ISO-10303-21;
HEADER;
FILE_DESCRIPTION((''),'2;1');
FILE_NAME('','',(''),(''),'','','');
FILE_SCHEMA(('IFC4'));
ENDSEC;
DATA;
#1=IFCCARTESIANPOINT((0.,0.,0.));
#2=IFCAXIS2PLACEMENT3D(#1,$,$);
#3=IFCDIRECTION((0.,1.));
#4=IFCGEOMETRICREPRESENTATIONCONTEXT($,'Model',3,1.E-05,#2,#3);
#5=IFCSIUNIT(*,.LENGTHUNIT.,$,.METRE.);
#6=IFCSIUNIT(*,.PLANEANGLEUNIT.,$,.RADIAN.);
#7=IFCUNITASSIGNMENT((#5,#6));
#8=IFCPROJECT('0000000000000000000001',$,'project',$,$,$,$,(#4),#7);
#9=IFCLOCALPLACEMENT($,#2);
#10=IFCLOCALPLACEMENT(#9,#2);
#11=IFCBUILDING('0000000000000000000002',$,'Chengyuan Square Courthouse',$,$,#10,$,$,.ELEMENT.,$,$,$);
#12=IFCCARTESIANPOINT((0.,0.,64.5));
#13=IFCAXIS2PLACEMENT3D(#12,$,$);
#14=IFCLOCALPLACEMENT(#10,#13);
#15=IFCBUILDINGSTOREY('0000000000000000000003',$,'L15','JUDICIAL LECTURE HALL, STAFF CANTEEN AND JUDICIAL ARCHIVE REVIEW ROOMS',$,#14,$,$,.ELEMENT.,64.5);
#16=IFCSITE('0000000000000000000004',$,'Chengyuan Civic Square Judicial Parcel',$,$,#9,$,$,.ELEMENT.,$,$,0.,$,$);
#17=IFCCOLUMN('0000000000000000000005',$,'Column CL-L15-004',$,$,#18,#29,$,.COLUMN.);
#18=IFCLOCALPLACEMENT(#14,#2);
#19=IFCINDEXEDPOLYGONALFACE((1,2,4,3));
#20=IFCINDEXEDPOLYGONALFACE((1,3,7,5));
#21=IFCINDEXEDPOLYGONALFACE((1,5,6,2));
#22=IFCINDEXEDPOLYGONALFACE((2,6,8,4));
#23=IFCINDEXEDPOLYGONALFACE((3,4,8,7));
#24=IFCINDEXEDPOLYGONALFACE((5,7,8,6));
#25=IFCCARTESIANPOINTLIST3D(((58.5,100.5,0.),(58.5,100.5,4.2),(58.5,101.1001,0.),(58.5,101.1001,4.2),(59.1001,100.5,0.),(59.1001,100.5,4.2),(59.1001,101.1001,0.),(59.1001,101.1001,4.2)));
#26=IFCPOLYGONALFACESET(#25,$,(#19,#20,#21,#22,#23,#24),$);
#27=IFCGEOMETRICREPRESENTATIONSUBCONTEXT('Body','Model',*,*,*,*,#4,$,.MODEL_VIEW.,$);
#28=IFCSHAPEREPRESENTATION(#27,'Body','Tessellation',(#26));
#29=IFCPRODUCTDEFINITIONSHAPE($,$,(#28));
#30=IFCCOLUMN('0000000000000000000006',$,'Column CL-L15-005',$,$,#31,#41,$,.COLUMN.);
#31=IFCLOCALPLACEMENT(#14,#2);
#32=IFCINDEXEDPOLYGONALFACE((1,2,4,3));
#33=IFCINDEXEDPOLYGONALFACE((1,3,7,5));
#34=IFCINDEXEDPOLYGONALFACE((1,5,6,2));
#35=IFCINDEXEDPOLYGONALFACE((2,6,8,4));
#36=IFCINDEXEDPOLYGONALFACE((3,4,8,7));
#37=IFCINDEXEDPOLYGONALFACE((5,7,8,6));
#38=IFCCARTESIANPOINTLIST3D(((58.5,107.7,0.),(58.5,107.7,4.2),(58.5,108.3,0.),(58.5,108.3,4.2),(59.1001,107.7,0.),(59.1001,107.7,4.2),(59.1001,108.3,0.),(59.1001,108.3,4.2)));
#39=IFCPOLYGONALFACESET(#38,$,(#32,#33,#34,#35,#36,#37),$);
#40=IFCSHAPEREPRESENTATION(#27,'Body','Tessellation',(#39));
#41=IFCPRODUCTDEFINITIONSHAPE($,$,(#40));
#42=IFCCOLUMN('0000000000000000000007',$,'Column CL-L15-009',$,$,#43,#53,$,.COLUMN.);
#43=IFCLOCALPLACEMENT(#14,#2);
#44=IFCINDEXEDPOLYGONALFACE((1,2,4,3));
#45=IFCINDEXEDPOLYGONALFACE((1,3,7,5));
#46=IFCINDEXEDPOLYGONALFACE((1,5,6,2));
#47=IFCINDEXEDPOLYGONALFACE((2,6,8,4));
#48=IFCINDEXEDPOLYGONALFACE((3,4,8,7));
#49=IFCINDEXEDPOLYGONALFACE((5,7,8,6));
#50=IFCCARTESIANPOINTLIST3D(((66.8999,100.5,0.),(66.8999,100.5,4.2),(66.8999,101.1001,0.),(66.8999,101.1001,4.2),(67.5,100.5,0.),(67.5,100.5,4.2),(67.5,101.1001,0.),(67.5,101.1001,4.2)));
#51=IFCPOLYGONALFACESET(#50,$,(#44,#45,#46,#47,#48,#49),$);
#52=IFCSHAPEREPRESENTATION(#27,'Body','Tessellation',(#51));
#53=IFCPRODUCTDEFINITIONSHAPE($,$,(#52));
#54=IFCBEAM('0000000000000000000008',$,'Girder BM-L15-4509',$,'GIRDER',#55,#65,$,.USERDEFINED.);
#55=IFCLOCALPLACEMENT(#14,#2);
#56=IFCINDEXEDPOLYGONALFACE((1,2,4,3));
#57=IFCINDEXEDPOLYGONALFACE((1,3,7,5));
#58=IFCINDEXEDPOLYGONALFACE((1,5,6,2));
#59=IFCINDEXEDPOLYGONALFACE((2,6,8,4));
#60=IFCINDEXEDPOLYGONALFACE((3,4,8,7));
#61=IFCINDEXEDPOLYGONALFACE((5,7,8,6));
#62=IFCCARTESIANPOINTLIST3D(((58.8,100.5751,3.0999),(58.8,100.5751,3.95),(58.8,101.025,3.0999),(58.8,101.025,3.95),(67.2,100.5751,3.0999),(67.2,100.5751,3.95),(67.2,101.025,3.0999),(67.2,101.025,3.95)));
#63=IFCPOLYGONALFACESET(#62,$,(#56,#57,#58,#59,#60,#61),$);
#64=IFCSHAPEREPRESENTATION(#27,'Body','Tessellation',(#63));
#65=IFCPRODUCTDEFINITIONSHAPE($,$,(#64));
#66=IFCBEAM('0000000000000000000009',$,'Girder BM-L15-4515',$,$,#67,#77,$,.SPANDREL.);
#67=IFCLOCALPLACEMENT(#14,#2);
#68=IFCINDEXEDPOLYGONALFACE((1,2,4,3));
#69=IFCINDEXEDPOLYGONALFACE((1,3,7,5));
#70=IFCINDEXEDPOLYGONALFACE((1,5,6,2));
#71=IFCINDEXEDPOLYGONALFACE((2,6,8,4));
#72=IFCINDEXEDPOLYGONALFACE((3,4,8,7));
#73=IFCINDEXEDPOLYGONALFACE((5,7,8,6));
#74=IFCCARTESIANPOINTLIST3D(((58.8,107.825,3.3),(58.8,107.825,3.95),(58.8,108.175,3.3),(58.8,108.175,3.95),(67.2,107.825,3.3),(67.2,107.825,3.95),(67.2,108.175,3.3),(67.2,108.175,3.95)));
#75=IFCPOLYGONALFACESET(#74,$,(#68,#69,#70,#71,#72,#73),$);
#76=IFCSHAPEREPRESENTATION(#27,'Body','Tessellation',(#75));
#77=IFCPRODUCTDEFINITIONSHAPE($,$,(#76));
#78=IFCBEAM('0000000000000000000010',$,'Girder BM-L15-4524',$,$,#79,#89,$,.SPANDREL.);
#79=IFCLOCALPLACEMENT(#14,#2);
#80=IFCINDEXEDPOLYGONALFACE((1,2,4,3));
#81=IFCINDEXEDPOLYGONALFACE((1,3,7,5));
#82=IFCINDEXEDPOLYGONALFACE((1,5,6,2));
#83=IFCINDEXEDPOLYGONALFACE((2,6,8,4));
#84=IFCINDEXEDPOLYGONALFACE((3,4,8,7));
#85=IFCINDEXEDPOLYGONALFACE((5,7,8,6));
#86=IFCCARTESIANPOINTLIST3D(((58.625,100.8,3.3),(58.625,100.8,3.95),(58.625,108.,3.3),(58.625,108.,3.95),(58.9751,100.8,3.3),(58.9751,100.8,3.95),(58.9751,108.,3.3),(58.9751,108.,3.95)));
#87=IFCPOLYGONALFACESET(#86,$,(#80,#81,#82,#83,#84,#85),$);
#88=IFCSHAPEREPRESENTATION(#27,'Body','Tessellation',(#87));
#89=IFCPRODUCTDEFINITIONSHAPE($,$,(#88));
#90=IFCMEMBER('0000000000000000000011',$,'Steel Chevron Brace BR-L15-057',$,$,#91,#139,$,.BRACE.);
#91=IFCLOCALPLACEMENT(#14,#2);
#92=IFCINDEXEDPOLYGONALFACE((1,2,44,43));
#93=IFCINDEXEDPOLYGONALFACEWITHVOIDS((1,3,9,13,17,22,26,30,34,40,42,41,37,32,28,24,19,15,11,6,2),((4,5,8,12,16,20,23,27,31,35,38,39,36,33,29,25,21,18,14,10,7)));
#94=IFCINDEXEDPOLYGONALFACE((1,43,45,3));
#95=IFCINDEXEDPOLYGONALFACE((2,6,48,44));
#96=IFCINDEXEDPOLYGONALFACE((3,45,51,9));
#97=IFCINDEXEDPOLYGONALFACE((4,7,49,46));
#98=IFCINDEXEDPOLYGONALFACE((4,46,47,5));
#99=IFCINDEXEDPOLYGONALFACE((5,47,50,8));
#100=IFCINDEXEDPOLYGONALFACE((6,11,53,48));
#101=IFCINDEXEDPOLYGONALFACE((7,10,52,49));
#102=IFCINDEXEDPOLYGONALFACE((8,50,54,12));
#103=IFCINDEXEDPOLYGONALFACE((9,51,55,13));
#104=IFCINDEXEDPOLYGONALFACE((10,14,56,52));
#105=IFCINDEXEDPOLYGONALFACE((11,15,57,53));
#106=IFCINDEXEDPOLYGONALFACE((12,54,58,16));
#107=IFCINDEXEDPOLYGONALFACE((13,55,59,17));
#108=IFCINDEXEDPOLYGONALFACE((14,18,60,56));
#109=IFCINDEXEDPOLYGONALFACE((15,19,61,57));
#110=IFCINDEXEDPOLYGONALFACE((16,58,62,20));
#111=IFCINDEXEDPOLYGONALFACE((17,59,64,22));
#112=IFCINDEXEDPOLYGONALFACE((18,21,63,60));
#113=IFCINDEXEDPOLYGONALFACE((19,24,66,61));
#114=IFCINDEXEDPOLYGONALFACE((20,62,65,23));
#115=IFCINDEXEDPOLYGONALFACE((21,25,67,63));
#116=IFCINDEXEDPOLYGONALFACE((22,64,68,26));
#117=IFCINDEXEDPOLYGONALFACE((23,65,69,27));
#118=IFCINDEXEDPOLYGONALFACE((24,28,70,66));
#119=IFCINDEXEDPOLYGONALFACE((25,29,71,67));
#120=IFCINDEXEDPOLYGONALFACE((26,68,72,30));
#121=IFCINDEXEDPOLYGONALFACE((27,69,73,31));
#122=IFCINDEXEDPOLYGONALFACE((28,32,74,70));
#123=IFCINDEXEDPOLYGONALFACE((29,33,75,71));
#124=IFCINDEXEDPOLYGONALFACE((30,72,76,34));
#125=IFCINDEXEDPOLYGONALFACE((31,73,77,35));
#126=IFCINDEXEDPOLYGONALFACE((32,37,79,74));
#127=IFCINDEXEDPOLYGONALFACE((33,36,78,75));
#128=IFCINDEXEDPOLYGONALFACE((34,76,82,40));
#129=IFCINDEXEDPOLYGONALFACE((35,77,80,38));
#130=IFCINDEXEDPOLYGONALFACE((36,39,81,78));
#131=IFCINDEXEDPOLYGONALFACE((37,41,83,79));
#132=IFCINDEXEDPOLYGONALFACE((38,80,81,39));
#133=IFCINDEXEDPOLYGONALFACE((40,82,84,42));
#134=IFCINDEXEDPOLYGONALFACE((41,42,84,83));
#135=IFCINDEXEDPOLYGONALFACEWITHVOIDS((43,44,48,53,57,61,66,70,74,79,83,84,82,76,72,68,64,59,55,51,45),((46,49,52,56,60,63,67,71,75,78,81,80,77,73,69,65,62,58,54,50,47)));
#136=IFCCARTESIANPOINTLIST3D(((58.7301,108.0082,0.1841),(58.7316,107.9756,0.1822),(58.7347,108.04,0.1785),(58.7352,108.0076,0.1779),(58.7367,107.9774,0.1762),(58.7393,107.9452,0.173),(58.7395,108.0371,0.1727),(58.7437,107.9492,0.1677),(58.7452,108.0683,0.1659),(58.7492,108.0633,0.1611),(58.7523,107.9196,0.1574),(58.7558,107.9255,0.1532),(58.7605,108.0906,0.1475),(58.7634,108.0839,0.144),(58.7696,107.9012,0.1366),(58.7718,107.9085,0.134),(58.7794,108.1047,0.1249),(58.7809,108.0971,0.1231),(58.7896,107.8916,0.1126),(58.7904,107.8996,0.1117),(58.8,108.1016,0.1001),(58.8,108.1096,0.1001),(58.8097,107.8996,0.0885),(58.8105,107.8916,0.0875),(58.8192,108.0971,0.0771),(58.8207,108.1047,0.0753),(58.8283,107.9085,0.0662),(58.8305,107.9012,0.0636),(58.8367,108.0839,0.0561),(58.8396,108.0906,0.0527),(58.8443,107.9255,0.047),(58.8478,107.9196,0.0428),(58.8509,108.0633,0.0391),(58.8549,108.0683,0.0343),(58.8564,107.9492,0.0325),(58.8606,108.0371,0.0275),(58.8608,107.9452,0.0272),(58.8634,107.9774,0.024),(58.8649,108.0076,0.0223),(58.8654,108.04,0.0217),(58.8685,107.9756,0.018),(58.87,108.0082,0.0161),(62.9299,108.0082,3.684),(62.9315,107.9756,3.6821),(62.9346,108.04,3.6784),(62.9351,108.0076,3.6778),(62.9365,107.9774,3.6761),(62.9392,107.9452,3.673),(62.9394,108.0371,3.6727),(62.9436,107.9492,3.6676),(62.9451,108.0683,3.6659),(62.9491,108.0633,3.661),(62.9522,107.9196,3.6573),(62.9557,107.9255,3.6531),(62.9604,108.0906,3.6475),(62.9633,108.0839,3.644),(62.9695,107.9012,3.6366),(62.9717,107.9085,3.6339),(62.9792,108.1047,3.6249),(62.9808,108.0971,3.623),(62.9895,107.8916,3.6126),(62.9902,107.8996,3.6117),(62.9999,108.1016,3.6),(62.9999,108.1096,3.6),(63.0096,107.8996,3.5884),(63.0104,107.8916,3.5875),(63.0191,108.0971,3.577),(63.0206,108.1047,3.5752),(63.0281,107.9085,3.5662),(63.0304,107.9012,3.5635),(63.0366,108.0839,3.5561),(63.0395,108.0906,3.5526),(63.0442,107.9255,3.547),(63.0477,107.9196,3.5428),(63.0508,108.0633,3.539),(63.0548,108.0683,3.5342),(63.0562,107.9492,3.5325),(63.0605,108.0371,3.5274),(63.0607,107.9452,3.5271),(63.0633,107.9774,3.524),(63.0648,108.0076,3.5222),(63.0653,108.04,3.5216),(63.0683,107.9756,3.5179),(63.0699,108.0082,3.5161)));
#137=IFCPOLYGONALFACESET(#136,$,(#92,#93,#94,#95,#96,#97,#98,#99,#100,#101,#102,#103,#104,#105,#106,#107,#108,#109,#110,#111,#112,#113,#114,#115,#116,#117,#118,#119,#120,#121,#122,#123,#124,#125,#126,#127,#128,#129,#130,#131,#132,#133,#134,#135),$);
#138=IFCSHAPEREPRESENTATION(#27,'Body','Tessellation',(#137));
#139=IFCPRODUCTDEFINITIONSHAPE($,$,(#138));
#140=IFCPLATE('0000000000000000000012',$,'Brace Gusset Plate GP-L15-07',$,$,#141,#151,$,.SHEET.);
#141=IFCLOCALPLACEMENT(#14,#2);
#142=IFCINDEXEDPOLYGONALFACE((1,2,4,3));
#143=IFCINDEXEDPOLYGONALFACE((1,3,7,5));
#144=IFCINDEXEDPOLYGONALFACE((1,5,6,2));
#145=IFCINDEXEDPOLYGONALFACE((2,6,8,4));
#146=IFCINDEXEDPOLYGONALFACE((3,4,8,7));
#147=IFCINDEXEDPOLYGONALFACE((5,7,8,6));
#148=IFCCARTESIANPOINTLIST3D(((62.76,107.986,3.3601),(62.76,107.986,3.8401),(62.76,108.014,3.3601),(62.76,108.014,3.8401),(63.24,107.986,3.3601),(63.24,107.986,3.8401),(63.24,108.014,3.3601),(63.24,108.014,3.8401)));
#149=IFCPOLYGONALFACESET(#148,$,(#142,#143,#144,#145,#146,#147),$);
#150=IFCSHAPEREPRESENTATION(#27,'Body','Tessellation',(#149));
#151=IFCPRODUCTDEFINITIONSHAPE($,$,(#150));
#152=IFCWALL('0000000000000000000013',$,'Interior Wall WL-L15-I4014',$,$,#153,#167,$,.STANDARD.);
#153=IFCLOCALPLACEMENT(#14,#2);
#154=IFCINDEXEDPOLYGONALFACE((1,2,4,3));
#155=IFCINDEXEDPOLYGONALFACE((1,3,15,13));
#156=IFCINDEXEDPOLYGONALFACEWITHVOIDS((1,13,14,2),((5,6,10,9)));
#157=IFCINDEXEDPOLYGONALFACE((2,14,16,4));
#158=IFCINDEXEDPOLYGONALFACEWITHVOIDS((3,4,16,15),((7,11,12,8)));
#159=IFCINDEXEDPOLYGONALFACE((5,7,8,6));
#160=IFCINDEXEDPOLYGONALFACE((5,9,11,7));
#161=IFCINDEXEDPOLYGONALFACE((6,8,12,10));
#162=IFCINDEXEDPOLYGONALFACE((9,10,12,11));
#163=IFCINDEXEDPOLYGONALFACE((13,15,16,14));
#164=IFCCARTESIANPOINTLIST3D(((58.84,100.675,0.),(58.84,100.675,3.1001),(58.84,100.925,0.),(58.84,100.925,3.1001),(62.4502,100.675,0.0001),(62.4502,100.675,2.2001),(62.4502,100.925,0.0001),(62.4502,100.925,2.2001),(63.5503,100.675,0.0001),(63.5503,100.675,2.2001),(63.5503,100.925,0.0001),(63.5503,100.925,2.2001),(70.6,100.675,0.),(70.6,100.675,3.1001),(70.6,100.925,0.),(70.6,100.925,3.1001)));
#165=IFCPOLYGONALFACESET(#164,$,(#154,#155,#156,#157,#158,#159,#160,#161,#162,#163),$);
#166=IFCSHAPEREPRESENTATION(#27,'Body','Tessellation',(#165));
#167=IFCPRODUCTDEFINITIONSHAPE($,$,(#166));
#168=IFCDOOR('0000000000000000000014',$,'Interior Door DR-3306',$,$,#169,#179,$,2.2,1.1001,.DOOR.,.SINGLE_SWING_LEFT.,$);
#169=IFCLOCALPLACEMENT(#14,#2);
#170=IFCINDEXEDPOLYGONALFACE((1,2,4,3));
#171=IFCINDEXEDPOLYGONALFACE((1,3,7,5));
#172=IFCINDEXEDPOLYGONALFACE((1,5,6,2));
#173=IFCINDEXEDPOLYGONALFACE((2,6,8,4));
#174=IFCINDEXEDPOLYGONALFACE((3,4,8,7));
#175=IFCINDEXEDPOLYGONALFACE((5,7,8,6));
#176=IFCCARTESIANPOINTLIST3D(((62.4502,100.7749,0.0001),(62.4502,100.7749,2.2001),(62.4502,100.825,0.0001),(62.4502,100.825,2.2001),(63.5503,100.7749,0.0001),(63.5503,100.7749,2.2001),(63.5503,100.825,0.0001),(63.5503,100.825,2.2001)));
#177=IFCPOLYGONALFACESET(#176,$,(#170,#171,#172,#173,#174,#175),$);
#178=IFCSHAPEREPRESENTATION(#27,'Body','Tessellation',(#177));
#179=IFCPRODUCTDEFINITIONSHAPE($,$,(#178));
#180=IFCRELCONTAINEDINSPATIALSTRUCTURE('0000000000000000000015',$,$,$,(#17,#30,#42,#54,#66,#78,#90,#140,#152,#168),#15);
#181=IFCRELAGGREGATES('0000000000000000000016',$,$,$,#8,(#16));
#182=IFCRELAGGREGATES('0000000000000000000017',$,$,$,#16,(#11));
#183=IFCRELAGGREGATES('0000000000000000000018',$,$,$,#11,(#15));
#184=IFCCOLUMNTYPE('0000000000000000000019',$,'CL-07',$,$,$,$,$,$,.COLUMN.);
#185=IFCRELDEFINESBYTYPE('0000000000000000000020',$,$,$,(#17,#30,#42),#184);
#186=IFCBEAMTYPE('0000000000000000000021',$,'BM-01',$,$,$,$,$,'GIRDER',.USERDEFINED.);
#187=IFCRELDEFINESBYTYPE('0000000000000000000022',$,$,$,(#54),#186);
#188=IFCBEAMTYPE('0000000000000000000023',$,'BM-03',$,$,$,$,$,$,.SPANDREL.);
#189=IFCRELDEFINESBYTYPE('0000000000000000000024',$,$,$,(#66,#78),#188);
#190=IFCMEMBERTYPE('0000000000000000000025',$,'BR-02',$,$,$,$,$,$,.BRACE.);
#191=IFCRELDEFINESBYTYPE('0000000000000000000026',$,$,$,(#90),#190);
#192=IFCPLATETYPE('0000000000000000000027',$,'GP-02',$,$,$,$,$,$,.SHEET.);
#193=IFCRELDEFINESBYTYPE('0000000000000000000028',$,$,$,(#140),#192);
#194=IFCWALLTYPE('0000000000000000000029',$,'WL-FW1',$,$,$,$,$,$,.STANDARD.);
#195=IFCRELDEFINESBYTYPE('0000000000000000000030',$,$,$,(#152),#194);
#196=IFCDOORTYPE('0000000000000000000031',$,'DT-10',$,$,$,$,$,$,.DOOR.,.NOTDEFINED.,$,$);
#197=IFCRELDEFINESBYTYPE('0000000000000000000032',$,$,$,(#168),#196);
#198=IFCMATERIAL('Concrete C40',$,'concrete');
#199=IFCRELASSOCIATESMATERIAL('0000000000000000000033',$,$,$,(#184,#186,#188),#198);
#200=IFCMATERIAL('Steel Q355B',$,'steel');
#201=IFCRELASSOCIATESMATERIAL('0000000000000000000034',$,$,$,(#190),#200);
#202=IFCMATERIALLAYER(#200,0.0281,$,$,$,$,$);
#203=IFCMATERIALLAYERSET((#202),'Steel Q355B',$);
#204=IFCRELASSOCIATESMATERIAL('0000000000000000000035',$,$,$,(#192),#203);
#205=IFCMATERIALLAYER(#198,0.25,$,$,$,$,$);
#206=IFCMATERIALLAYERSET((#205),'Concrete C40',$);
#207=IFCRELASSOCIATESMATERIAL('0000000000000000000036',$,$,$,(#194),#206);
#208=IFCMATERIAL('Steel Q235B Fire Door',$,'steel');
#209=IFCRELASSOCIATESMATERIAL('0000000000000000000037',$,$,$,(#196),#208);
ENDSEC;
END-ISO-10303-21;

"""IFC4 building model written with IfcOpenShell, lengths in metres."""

from ifc_helpers import new_model, si_unit, direction, frame, frame_2d, origin, origin_2d, place, context, subcontext, project, spatial, rectangle, hollow_circle, extrude, material, layer, layer_set, material_profile, profile_set, type_object, element, fill, save


model = new_model("IFC4")

# Units and contexts
model_context = context("Model", 3, precision=1e-05, world=origin(), true_north=direction((0.0, 1.0)))
body_context = subcontext(model_context, "Body", "Model", "MODEL_VIEW")
ifc_project = project(units=[si_unit("LENGTHUNIT", "METRE"), si_unit("PLANEANGLEUNIT", "RADIAN")], contexts=[model_context])

# Site, building, storey
site_placement = place(None, origin())
site = spatial("IfcSite", under=ifc_project, at=site_placement, Name="Chengyuan Civic Square Judicial Parcel", CompositionType="ELEMENT", RefElevation=0.0)
building_placement = place(site_placement, origin())
building = spatial("IfcBuilding", under=site, at=building_placement, Name="Chengyuan Square Courthouse", CompositionType="ELEMENT")
storey_placement = place(building_placement, frame((0.0, 0.0, 64.5)))
storey = spatial("IfcBuildingStorey", under=building, at=storey_placement, Name="L15", Description="JUDICIAL LECTURE HALL, STAFF CANTEEN AND JUDICIAL ARCHIVE REVIEW ROOMS", CompositionType="ELEMENT", Elevation=64.5)

# Columns
ifc_material_1 = material(Name="Concrete C40", Category="concrete")
ifc_material_profile_1 = material_profile(ifc_material_1, rectangle(XDim=0.6001, YDim=0.6001, at=origin_2d()), Name="RC-COL-600x600")
ifc_profile_set_1 = profile_set([ifc_material_profile_1], Name="Concrete C40")
column_type = type_object("IfcColumnType", Name="CL-07", PredefinedType="COLUMN", material=ifc_profile_set_1)
for number, where, z_axis, x_axis, name in (
    (1, (58.8, 100.8, 0.0), (0.0, 0.0, 1.0), (1.0, 0.0, 0.0), "Column CL-L15-004"),
    (2, (58.8, 108.0, 0.0), (0.0, 0.0, 1.0), (1.0, 0.0, 0.0), "Column CL-L15-005"),
    (3, (67.2, 100.8, 0.0), (0.0, 0.0, 1.0), (1.0, 0.0, 0.0), "Column CL-L15-009"),
):
    element("IfcColumn", number, at=place(storey_placement, frame(where, z_axis=z_axis, x_axis=x_axis)), inside=storey, type_object=column_type, Name=name, PredefinedType="COLUMN", context=body_context, shape_type="SweptSolid", body=[
        extrude(rectangle(XDim=0.6001, YDim=0.6001, at=origin_2d()), origin(), (0.0, 0.0, 1.0), 4.2),
    ])

# Beams
ifc_material_profile_2 = material_profile(ifc_material_1, rectangle(XDim=0.45, YDim=0.8501, at=origin_2d()), Name="RC-BM-450x850")
ifc_profile_set_2 = profile_set([ifc_material_profile_2], Name="Concrete C40")
beam_type_1 = type_object("IfcBeamType", Name="BM-01", ElementType="GIRDER", PredefinedType="USERDEFINED", material=ifc_profile_set_2)
beam_1_placement = place(storey_placement, frame((58.8, 100.8, 3.5249), z_axis=(1.0, 0.0, 0.0), x_axis=(0.0, 1.0, 0.0)))
element("IfcBeam", 4, at=beam_1_placement, inside=storey, type_object=beam_type_1, Name="Girder BM-L15-4509", ObjectType="GIRDER", PredefinedType="USERDEFINED", context=body_context, shape_type="SweptSolid", body=[
    extrude(rectangle(XDim=0.45, YDim=0.8501, at=origin_2d()), origin(), (0.0, 0.0, 1.0), 8.3999),
])
ifc_material_profile_3 = material_profile(ifc_material_1, rectangle(XDim=0.3501, YDim=0.6499, at=origin_2d()), Name="RC-BM-350x650")
ifc_profile_set_3 = profile_set([ifc_material_profile_3], Name="Concrete C40")
beam_type_2 = type_object("IfcBeamType", Name="BM-03", PredefinedType="SPANDREL", material=ifc_profile_set_3)
beam_2_placement = place(storey_placement, frame((58.8, 108.0, 3.625), z_axis=(1.0, 0.0, 0.0), x_axis=(0.0, 1.0, 0.0)))
element("IfcBeam", 5, at=beam_2_placement, inside=storey, type_object=beam_type_2, Name="Girder BM-L15-4515", PredefinedType="SPANDREL", context=body_context, shape_type="SweptSolid", body=[
    extrude(rectangle(XDim=0.3501, YDim=0.6499, at=origin_2d()), origin(), (0.0, 0.0, 1.0), 8.3999),
])
beam_3_placement = place(storey_placement, frame((58.8, 100.8, 3.625), z_axis=(0.0, 1.0, 0.0), x_axis=(-1.0, 0.0, 0.0)))
element("IfcBeam", 6, at=beam_3_placement, inside=storey, type_object=beam_type_2, Name="Girder BM-L15-4524", PredefinedType="SPANDREL", context=body_context, shape_type="SweptSolid", body=[
    extrude(rectangle(XDim=0.3501, YDim=0.6499, at=origin_2d()), origin(), (0.0, 0.0, 1.0), 7.2),
])

# Member
ifc_material_2 = material(Name="Steel Q355B", Category="steel")
ifc_material_profile_4 = material_profile(ifc_material_2, hollow_circle(Radius=0.1096, WallThickness=0.0081, at=origin_2d()), Name="CHS 219x8")
ifc_profile_set_4 = profile_set([ifc_material_profile_4], Name="Steel Q355B")
member_type = type_object("IfcMemberType", Name="BR-02", PredefinedType="BRACE", material=ifc_profile_set_4)
member_placement = place(storey_placement, frame((58.8, 108.0, 0.1001), z_axis=(0.768218, 0.0, 0.640189), x_axis=(0.0, 1.0, 0.0)))
element("IfcMember", 7, at=member_placement, inside=storey, type_object=member_type, Name="Steel Chevron Brace BR-L15-057", PredefinedType="BRACE", context=body_context, shape_type="SweptSolid", body=[
    extrude(hollow_circle(Radius=0.1096, WallThickness=0.0081, at=origin_2d()), origin(), (0.0, 0.0, 1.0), 5.467),
])

# Plate
ifc_layer_1 = layer(ifc_material_2, 0.0281)
ifc_layer_set_1 = layer_set([ifc_layer_1], Name="Steel Q355B")
plate_type = type_object("IfcPlateType", Name="GP-02", PredefinedType="SHEET", material=ifc_layer_set_1)
plate_placement = place(storey_placement, frame((63.0, 108.0, 3.3601), z_axis=(0.0, 0.0, 1.0), x_axis=(1.0, 0.0, 0.0)))
element("IfcPlate", 8, at=plate_placement, inside=storey, type_object=plate_type, Name="Brace Gusset Plate GP-L15-07", PredefinedType="SHEET", context=body_context, shape_type="SweptSolid", body=[
    extrude(rectangle(XDim=0.48, YDim=0.0281, at=origin_2d()), origin(), (0.0, 0.0, 1.0), 0.48),
])

# Wall, opening, door
ifc_layer_2 = layer(ifc_material_1, 0.25)
ifc_layer_set_2 = layer_set([ifc_layer_2], Name="Concrete C40")
wall_type_1 = type_object("IfcWallType", Name="WL-FW1", PredefinedType="STANDARD", material=ifc_layer_set_2)
wall_1_placement = place(storey_placement, frame((58.8401, 100.8, 0.0), z_axis=(0.0, 0.0, 1.0), x_axis=(1.0, 0.0, 0.0)))
wall_1 = element("IfcWall", 9, at=wall_1_placement, inside=storey, type_object=wall_type_1, Name="Interior Wall WL-L15-I4014", PredefinedType="STANDARD", context=body_context, shape_type="SweptSolid", body=[
    extrude(rectangle(XDim=11.76, YDim=0.25, at=frame_2d((5.8799, 0.0))), origin(), (0.0, 0.0, 1.0), 3.1001),
])
opening_1_placement = place(wall_1_placement, frame((3.6101, 0.0, 0.0)))
opening_1 = element("IfcOpeningElement", 10, at=opening_1_placement, cuts=wall_1, PredefinedType="OPENING", context=body_context, shape_type="SweptSolid", body=[
    extrude(rectangle(XDim=1.1001, YDim=2.2, at=frame_2d((0.55, 1.1001))), frame((0.0, 0.137, 0.0), z_axis=(0.0, -1.0, 0.0), x_axis=(1.0, 0.0, 0.0)), (0.0, 0.0, 1.0), 0.2739),
])
ifc_material_3 = material(Name="Steel Q235B Fire Door", Category="steel")
door_type = type_object("IfcDoorType", Name="DT-10", OperationType="NOTDEFINED", PredefinedType="DOOR", material=ifc_material_3)
door_1_placement = place(opening_1_placement, origin())
door_1 = element("IfcDoor", 11, at=door_1_placement, inside=storey, type_object=door_type, Name="Interior Door DR-3306", OperationType="SINGLE_SWING_LEFT", OverallHeight=2.2, OverallWidth=1.1001, PredefinedType="DOOR", context=body_context, shape_type="SweptSolid", body=[
    extrude(rectangle(XDim=1.1001, YDim=2.2, at=frame_2d((0.55, 1.1001))), frame((0.0, 0.0249, 0.0), z_axis=(0.0, -1.0, 0.0), x_axis=(1.0, 0.0, 0.0)), (0.0, 0.0, 1.0), 0.05),
])
fill(opening_1, door_1)

save(model, "model.ifc")
